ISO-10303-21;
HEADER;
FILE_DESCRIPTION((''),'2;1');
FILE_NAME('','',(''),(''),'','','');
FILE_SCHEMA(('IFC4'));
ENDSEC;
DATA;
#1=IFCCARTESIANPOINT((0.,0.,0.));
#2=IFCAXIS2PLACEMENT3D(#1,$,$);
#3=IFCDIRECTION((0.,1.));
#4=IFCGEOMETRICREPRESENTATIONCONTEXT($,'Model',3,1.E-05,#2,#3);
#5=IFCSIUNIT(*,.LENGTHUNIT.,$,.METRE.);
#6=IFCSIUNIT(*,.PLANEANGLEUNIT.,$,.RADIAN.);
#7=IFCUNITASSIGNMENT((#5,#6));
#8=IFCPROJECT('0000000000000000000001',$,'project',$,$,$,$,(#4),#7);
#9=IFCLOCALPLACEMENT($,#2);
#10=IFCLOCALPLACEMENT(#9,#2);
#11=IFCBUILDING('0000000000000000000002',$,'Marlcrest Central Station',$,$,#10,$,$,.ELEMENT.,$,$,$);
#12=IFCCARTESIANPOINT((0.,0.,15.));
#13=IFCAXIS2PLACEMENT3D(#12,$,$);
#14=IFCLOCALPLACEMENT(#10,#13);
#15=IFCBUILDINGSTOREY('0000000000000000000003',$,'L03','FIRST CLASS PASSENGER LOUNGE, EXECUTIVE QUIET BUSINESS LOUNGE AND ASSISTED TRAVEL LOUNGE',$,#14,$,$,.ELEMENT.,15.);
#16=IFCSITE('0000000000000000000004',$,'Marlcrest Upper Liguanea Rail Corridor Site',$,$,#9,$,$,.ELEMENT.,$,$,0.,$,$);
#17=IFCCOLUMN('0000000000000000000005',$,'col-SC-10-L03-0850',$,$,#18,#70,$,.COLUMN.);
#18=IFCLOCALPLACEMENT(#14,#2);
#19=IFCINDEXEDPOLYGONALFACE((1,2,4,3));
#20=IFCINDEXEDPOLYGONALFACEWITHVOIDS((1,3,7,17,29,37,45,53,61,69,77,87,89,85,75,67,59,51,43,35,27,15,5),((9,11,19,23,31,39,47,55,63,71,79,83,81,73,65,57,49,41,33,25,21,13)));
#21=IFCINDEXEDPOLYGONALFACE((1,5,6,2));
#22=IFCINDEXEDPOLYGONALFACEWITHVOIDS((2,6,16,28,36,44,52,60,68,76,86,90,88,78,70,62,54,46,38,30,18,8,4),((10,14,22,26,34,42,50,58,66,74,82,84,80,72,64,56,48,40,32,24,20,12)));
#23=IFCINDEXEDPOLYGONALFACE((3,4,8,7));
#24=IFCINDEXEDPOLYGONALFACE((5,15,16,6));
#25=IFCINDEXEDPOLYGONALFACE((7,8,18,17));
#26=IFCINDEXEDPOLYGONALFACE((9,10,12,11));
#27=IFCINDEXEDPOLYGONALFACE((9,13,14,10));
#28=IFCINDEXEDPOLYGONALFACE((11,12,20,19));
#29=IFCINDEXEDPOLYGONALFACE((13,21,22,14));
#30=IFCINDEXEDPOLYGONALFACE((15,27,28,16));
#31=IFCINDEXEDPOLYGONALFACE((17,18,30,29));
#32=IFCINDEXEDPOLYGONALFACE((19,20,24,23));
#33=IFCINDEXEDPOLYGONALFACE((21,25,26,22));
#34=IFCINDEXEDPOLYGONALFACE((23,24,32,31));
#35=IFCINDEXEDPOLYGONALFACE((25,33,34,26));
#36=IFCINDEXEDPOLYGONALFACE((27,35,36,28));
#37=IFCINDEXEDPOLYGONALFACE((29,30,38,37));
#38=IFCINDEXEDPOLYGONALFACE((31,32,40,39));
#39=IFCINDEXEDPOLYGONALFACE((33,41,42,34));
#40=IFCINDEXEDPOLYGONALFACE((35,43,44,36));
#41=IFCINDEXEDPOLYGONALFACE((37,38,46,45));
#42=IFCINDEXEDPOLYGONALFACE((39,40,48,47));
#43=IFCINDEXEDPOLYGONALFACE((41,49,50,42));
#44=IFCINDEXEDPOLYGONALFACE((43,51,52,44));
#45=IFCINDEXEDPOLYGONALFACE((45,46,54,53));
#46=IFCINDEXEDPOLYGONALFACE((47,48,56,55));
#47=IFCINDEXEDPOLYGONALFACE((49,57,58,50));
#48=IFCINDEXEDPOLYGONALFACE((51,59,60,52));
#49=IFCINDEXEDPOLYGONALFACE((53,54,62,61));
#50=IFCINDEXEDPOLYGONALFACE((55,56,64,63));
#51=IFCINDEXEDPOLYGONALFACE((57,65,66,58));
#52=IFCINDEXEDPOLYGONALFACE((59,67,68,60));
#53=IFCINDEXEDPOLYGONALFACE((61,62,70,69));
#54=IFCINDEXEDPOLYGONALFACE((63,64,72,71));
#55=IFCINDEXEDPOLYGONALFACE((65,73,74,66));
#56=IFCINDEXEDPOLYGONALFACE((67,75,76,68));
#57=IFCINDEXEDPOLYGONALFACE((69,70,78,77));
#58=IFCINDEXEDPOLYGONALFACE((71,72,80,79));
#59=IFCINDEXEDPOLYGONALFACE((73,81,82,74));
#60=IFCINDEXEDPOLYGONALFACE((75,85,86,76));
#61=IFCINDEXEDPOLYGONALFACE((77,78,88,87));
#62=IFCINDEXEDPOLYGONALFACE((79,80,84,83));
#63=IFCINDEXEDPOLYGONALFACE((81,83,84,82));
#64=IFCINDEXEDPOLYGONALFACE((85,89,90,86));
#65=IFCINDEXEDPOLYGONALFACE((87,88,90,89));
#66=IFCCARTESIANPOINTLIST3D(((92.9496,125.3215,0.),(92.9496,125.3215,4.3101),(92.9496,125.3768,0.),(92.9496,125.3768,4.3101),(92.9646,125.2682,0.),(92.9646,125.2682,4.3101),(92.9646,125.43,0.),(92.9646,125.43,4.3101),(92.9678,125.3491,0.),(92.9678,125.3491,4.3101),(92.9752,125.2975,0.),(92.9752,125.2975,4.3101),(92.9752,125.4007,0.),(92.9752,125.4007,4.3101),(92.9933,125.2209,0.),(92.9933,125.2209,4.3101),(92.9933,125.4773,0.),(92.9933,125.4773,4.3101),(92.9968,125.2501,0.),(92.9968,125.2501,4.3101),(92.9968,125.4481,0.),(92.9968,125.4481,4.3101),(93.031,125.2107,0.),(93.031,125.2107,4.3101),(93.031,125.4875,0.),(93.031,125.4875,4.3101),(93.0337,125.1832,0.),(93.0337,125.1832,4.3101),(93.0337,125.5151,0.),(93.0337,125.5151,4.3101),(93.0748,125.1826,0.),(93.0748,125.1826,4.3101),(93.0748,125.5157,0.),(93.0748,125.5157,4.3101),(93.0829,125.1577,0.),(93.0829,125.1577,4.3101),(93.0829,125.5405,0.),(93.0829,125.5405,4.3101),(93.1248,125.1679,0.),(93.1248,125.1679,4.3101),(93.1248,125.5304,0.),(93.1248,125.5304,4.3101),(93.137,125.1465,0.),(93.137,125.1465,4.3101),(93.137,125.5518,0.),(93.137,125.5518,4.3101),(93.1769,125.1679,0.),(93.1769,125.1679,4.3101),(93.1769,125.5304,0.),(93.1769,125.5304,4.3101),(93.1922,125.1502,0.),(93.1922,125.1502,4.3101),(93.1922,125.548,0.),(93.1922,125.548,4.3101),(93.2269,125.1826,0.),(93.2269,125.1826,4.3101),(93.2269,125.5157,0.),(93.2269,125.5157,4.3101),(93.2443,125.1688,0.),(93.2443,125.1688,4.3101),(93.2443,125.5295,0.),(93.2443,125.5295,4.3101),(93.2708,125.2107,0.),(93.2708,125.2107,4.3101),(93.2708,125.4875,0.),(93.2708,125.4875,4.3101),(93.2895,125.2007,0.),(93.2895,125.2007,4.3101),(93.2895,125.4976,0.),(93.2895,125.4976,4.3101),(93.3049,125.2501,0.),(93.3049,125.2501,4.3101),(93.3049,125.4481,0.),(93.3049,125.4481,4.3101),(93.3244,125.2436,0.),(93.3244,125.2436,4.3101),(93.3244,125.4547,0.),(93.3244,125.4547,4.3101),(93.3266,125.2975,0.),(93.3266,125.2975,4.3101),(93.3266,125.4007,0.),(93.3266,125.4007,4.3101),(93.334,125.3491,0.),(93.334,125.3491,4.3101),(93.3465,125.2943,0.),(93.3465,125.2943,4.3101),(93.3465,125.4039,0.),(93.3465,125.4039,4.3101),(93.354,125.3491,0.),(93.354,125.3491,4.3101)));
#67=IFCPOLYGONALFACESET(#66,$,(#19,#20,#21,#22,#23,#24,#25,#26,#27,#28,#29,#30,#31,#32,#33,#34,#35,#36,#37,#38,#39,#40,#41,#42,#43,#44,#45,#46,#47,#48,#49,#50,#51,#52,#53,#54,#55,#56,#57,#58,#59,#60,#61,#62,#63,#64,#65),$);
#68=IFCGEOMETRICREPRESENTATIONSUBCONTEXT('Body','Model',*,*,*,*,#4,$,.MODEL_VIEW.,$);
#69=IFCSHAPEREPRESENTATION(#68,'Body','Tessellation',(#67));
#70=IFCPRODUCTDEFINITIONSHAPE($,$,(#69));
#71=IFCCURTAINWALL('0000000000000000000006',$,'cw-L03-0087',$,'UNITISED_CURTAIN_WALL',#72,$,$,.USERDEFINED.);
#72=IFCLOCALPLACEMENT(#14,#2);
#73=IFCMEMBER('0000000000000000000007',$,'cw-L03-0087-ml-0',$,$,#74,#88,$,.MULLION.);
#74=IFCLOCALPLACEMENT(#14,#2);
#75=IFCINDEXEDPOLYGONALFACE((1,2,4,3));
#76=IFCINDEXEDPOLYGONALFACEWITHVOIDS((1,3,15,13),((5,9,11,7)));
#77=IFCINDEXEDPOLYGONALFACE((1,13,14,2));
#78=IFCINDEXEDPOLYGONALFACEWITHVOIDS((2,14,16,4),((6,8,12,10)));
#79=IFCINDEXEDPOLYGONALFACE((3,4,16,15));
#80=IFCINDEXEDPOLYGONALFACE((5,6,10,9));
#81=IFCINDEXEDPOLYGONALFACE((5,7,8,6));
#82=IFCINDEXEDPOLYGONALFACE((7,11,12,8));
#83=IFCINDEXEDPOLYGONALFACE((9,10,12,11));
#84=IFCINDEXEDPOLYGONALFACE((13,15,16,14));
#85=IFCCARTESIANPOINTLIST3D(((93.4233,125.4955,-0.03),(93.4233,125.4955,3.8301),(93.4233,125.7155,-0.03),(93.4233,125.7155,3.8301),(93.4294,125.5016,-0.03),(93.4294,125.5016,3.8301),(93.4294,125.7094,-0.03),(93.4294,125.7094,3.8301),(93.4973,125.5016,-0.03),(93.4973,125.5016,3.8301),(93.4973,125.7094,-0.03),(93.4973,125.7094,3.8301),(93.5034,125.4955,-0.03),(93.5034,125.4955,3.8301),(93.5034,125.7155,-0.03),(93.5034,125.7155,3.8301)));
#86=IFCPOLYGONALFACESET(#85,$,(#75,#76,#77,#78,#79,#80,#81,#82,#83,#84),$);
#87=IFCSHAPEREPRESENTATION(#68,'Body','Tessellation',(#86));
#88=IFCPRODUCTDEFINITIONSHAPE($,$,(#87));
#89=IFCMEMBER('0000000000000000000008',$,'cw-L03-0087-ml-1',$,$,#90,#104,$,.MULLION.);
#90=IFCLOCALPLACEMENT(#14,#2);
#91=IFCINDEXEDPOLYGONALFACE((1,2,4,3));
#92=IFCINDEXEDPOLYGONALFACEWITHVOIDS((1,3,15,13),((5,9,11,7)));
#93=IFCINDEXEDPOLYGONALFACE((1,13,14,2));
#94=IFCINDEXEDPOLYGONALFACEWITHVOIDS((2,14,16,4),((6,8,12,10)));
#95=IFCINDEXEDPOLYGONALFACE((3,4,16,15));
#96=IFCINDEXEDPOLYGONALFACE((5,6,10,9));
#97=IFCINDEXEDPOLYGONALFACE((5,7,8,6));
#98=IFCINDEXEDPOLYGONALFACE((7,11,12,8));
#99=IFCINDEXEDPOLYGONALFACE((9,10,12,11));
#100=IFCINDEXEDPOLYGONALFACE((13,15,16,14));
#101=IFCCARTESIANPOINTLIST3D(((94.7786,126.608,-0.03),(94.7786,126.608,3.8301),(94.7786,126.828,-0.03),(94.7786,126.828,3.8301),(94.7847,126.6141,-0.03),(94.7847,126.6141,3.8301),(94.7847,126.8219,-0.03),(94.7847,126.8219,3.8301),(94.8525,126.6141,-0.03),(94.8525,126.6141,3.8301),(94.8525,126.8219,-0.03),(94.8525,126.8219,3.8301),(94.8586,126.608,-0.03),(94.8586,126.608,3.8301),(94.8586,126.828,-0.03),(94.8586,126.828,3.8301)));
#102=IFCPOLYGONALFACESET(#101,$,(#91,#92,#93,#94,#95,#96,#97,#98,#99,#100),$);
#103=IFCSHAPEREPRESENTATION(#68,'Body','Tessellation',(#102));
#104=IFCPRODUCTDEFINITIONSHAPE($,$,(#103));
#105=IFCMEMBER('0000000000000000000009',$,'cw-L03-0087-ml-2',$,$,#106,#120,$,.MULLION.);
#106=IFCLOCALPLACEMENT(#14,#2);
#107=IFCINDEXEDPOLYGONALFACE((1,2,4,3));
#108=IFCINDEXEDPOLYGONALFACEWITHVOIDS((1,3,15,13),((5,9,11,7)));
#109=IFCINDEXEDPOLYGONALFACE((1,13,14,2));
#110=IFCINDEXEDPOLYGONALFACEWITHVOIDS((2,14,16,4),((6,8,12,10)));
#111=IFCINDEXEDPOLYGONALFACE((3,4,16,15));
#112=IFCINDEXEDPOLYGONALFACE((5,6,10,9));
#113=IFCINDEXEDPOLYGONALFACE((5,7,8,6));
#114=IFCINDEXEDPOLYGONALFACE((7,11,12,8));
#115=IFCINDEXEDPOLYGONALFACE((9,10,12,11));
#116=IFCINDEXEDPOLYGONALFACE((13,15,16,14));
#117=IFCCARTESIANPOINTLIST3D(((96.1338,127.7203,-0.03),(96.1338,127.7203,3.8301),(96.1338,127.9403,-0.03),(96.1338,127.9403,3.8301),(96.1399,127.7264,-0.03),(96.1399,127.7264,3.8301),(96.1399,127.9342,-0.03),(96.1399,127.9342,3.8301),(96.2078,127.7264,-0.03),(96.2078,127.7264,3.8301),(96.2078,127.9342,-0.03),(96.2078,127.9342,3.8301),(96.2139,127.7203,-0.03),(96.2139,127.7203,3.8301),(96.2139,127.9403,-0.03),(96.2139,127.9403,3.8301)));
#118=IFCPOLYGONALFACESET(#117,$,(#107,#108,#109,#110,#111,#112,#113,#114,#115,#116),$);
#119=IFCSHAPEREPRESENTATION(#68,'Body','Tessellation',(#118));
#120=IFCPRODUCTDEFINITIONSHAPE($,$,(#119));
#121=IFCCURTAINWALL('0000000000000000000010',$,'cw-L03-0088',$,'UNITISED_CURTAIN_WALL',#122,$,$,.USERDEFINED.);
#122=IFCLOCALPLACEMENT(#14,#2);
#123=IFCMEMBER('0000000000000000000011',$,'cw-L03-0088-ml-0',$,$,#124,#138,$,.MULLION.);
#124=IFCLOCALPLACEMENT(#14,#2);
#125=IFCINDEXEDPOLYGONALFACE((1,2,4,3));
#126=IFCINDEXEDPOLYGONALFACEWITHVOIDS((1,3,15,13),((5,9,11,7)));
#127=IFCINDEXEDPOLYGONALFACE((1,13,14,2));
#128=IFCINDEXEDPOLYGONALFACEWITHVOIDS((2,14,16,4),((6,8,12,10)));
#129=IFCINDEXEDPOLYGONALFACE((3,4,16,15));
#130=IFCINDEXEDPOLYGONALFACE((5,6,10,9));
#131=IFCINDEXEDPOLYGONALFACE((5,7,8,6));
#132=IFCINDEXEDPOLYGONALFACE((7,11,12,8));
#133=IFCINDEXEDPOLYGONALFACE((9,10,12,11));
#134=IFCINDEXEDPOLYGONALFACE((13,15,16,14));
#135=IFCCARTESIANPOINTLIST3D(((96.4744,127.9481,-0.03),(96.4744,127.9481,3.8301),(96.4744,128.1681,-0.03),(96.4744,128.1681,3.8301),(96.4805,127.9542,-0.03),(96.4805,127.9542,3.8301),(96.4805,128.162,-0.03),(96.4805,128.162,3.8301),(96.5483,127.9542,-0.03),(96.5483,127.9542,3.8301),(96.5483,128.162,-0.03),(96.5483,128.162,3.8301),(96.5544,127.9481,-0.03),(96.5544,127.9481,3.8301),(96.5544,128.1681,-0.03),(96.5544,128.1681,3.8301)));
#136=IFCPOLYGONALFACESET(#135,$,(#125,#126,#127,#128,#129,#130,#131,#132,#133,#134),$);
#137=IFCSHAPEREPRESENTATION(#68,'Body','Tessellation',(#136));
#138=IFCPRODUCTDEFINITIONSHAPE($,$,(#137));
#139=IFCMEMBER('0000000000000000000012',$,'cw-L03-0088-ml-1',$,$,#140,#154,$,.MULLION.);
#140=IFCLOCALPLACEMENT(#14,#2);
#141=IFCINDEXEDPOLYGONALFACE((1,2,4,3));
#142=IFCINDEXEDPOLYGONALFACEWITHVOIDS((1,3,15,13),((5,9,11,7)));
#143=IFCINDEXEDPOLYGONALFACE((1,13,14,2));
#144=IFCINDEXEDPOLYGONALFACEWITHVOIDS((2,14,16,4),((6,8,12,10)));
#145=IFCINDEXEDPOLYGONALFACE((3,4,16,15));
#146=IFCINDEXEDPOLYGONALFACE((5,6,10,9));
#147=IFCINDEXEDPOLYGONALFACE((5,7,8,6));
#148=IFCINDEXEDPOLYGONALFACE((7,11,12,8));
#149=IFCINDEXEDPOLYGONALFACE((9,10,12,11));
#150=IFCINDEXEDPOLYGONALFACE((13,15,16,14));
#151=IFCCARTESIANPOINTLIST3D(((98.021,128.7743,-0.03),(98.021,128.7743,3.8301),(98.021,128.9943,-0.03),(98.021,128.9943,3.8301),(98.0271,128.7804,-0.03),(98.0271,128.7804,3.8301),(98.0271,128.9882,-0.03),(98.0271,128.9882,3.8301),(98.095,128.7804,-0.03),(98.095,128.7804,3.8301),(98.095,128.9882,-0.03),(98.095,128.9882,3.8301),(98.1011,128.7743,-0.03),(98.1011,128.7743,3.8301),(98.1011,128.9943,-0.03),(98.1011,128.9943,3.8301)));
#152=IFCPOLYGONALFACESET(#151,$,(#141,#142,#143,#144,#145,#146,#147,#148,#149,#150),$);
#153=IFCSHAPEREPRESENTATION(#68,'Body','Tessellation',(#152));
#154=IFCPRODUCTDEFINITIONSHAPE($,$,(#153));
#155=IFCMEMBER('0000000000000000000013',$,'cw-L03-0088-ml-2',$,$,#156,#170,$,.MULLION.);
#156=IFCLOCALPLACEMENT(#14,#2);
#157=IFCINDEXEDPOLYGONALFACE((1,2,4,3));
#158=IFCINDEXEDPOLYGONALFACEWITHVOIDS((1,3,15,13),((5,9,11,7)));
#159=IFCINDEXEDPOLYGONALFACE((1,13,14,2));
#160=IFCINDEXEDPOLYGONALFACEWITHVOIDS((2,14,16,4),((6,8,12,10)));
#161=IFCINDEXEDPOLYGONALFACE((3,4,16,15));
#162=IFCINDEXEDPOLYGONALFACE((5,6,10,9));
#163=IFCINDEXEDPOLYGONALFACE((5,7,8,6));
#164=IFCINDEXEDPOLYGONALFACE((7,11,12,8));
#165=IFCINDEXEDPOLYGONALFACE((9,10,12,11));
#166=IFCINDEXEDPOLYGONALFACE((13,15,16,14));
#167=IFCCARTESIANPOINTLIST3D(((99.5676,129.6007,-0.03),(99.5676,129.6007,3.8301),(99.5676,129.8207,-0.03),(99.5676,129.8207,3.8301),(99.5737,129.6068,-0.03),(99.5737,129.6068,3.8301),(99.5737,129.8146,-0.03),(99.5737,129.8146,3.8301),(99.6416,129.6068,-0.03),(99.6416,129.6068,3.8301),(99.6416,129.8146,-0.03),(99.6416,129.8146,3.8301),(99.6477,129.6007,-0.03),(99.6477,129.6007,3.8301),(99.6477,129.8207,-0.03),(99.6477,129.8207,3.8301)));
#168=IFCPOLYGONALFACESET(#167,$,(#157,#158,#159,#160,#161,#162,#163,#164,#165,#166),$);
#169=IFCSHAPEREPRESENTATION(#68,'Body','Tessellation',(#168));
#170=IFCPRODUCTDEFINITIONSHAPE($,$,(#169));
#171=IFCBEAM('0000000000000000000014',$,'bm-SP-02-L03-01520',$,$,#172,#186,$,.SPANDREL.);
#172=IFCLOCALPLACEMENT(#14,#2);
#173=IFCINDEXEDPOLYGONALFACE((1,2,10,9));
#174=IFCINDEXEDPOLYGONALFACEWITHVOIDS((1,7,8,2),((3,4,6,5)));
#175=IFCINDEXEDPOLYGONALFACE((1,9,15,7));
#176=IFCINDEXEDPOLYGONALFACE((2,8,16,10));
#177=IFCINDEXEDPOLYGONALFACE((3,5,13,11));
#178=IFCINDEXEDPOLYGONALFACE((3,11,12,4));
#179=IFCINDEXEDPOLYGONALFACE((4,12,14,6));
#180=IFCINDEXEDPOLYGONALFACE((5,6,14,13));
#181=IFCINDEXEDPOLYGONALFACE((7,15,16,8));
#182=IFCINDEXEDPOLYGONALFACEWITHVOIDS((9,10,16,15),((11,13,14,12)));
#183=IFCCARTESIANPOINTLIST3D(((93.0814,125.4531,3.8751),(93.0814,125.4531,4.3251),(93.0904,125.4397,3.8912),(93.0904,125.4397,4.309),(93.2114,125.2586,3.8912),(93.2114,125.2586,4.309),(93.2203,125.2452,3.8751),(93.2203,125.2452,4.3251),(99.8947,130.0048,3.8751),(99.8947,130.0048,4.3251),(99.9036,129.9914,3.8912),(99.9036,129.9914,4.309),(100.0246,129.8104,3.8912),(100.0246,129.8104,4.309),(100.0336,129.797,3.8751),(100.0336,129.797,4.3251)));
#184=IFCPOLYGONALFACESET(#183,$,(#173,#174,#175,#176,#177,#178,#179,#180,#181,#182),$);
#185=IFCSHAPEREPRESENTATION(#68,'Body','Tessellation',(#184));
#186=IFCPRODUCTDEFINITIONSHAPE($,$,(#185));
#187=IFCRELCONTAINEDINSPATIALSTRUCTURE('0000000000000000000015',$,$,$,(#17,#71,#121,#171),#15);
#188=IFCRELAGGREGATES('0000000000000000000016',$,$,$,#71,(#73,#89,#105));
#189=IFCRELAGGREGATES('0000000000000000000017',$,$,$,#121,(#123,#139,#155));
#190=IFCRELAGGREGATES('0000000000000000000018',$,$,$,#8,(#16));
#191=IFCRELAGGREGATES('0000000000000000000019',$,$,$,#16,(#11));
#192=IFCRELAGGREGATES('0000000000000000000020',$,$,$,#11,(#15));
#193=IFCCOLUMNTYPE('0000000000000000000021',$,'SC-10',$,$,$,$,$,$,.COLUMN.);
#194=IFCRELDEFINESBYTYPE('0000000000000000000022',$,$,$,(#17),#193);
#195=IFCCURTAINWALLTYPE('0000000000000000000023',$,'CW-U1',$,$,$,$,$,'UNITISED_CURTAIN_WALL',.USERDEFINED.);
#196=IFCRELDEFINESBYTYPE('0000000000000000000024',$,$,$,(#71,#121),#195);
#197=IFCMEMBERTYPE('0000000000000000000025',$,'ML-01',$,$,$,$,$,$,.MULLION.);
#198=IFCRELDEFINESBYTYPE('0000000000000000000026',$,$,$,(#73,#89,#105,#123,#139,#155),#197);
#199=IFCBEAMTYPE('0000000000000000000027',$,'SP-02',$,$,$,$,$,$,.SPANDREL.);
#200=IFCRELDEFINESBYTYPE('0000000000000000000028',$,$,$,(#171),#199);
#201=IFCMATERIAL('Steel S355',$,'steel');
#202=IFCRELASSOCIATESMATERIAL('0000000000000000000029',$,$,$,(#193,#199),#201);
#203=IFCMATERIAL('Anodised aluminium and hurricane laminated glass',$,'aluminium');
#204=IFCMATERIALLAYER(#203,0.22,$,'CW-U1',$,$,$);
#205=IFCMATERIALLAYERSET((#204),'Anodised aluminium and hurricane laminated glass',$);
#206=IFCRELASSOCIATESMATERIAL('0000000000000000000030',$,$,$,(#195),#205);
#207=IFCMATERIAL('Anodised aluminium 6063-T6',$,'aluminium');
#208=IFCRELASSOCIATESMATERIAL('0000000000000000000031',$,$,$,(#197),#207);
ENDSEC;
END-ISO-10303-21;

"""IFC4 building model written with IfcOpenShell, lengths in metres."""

from ifc_helpers import new_model, si_unit, direction, frame, origin, origin_2d, place, context, subcontext, project, spatial, hollow_rectangle, hollow_circle, extrude, material, layer, layer_set, material_profile, profile_set, type_object, element, aggregate, save


model = new_model("IFC4")

# Units and contexts
model_context = context("Model", 3, precision=1e-05, world=origin(), true_north=direction((0.0, 1.0)))
body_context = subcontext(model_context, "Body", "Model", "MODEL_VIEW")
ifc_project = project(units=[si_unit("LENGTHUNIT", "METRE"), si_unit("PLANEANGLEUNIT", "RADIAN")], contexts=[model_context])

# Site, building, storey
site_placement = place(None, origin())
site = spatial("IfcSite", under=ifc_project, at=site_placement, Name="Marlcrest Upper Liguanea Rail Corridor Site", CompositionType="ELEMENT", RefElevation=0.0)
building_placement = place(site_placement, origin())
building = spatial("IfcBuilding", under=site, at=building_placement, Name="Marlcrest Central Station", CompositionType="ELEMENT")
storey_placement = place(building_placement, frame((0.0, 0.0, 15.0)))
storey = spatial("IfcBuildingStorey", under=building, at=storey_placement, Name="L03", Description="FIRST CLASS PASSENGER LOUNGE, EXECUTIVE QUIET BUSINESS LOUNGE AND ASSISTED TRAVEL LOUNGE", CompositionType="ELEMENT", Elevation=15.0)

# Column
ifc_material_1 = material(Name="Steel S355", Category="steel")
ifc_material_profile_1 = material_profile(ifc_material_1, hollow_circle(Radius=0.2031, WallThickness=0.02, at=origin_2d()), Name="CHS 406.4x20")
ifc_profile_set_1 = profile_set([ifc_material_profile_1], Name="Steel S355")
column_type = type_object("IfcColumnType", Name="SC-10", PredefinedType="COLUMN", material=ifc_profile_set_1)
column_placement = place(storey_placement, frame((93.1509, 125.3491, 0.0), z_axis=(0.0, 0.0, 1.0), x_axis=(1.0, 0.0, 0.0)))
element("IfcColumn", 1, at=column_placement, inside=storey, type_object=column_type, Name="col-SC-10-L03-0850", PredefinedType="COLUMN", context=body_context, shape_type="SweptSolid", body=[
    extrude(hollow_circle(Radius=0.2031, WallThickness=0.02, at=origin_2d()), origin(), (0.0, 0.0, 1.0), 4.3101),
])

# Curtain walls, members
ifc_material_2 = material(Name="Anodised aluminium and hurricane laminated glass", Category="aluminium")
ifc_layer_1 = layer(ifc_material_2, 0.22, Name="CW-U1")
ifc_layer_set_1 = layer_set([ifc_layer_1], Name="Anodised aluminium and hurricane laminated glass")
curtain_wall_type = type_object("IfcCurtainWallType", Name="CW-U1", ElementType="UNITISED_CURTAIN_WALL", PredefinedType="USERDEFINED", material=ifc_layer_set_1)
curtain_wall_1_placement = place(storey_placement, origin())
curtain_wall_1 = element("IfcCurtainWall", 2, at=curtain_wall_1_placement, inside=storey, type_object=curtain_wall_type, Name="cw-L03-0087", ObjectType="UNITISED_CURTAIN_WALL", PredefinedType="USERDEFINED")
ifc_material_3 = material(Name="Anodised aluminium 6063-T6", Category="aluminium")
ifc_material_profile_2 = material_profile(ifc_material_3, hollow_rectangle(XDim=0.0801, YDim=0.22, WallThickness=0.0061, at=origin_2d()), Name="AA-RHS 220x80x6")
ifc_profile_set_2 = profile_set([ifc_material_profile_2], Name="Anodised aluminium 6063-T6")
member_type_1 = type_object("IfcMemberType", Name="ML-01", PredefinedType="MULLION", material=ifc_profile_set_2)
member_1_placement = place(storey_placement, frame((93.4634, 125.6055, -0.03), z_axis=(0.0, 0.0, 1.0), x_axis=(1.0, 0.0, 0.0)))
member_1 = element("IfcMember", 3, at=member_1_placement, type_object=member_type_1, Name="cw-L03-0087-ml-0", PredefinedType="MULLION", context=body_context, shape_type="SweptSolid", body=[
    extrude(hollow_rectangle(XDim=0.0801, YDim=0.22, WallThickness=0.0061, at=origin_2d()), origin(), (0.0, 0.0, 1.0), 3.8601),
])
member_2_placement = place(storey_placement, frame((94.8186, 126.718, -0.03), z_axis=(0.0, 0.0, 1.0), x_axis=(1.0, 0.0, 0.0)))
member_2 = element("IfcMember", 4, at=member_2_placement, type_object=member_type_1, Name="cw-L03-0087-ml-1", PredefinedType="MULLION", context=body_context, shape_type="SweptSolid", body=[
    extrude(hollow_rectangle(XDim=0.0801, YDim=0.22, WallThickness=0.0061, at=origin_2d()), origin(), (0.0, 0.0, 1.0), 3.8601),
])
member_3_placement = place(storey_placement, frame((96.1738, 127.8303, -0.03), z_axis=(0.0, 0.0, 1.0), x_axis=(1.0, 0.0, 0.0)))
member_3 = element("IfcMember", 5, at=member_3_placement, type_object=member_type_1, Name="cw-L03-0087-ml-2", PredefinedType="MULLION", context=body_context, shape_type="SweptSolid", body=[
    extrude(hollow_rectangle(XDim=0.0801, YDim=0.22, WallThickness=0.0061, at=origin_2d()), origin(), (0.0, 0.0, 1.0), 3.8601),
])
curtain_wall_2_placement = place(storey_placement, origin())
curtain_wall_2 = element("IfcCurtainWall", 6, at=curtain_wall_2_placement, inside=storey, type_object=curtain_wall_type, Name="cw-L03-0088", ObjectType="UNITISED_CURTAIN_WALL", PredefinedType="USERDEFINED")
member_4_placement = place(storey_placement, frame((96.5144, 128.0581, -0.03), z_axis=(0.0, 0.0, 1.0), x_axis=(1.0, 0.0, 0.0)))
member_4 = element("IfcMember", 7, at=member_4_placement, type_object=member_type_1, Name="cw-L03-0088-ml-0", PredefinedType="MULLION", context=body_context, shape_type="SweptSolid", body=[
    extrude(hollow_rectangle(XDim=0.0801, YDim=0.22, WallThickness=0.0061, at=origin_2d()), origin(), (0.0, 0.0, 1.0), 3.8601),
])
member_5_placement = place(storey_placement, frame((98.061, 128.8843, -0.03), z_axis=(0.0, 0.0, 1.0), x_axis=(1.0, 0.0, 0.0)))
member_5 = element("IfcMember", 8, at=member_5_placement, type_object=member_type_1, Name="cw-L03-0088-ml-1", PredefinedType="MULLION", context=body_context, shape_type="SweptSolid", body=[
    extrude(hollow_rectangle(XDim=0.0801, YDim=0.22, WallThickness=0.0061, at=origin_2d()), origin(), (0.0, 0.0, 1.0), 3.8601),
])
member_6_placement = place(storey_placement, frame((99.6077, 129.7107, -0.03), z_axis=(0.0, 0.0, 1.0), x_axis=(1.0, 0.0, 0.0)))
member_6 = element("IfcMember", 9, at=member_6_placement, type_object=member_type_1, Name="cw-L03-0088-ml-2", PredefinedType="MULLION", context=body_context, shape_type="SweptSolid", body=[
    extrude(hollow_rectangle(XDim=0.0801, YDim=0.22, WallThickness=0.0061, at=origin_2d()), origin(), (0.0, 0.0, 1.0), 3.8601),
])

# Beam
ifc_material_profile_3 = material_profile(ifc_material_1, hollow_rectangle(XDim=0.25, YDim=0.45, WallThickness=0.0161, at=origin_2d()), Name="RHS 450x250x16")
ifc_profile_set_3 = profile_set([ifc_material_profile_3], Name="Steel S355")
beam_type = type_object("IfcBeamType", Name="SP-02", PredefinedType="SPANDREL", material=ifc_profile_set_3)
beam_placement = place(storey_placement, frame((93.1509, 125.3491, 4.1001), z_axis=(0.831509, 0.555511, 0.0), x_axis=(-0.555511, 0.831509, 0.0)))
element("IfcBeam", 10, at=beam_placement, inside=storey, type_object=beam_type, Name="bm-SP-02-L03-01520", PredefinedType="SPANDREL", context=body_context, shape_type="SweptSolid", body=[
    extrude(hollow_rectangle(XDim=0.25, YDim=0.45, WallThickness=0.0161, at=origin_2d()), origin(), (0.0, 0.0, 1.0), 8.1938),
])

aggregate(curtain_wall_1, [member_1, member_2, member_3])
aggregate(curtain_wall_2, [member_4, member_5, member_6])

save(model, "model.ifc")
